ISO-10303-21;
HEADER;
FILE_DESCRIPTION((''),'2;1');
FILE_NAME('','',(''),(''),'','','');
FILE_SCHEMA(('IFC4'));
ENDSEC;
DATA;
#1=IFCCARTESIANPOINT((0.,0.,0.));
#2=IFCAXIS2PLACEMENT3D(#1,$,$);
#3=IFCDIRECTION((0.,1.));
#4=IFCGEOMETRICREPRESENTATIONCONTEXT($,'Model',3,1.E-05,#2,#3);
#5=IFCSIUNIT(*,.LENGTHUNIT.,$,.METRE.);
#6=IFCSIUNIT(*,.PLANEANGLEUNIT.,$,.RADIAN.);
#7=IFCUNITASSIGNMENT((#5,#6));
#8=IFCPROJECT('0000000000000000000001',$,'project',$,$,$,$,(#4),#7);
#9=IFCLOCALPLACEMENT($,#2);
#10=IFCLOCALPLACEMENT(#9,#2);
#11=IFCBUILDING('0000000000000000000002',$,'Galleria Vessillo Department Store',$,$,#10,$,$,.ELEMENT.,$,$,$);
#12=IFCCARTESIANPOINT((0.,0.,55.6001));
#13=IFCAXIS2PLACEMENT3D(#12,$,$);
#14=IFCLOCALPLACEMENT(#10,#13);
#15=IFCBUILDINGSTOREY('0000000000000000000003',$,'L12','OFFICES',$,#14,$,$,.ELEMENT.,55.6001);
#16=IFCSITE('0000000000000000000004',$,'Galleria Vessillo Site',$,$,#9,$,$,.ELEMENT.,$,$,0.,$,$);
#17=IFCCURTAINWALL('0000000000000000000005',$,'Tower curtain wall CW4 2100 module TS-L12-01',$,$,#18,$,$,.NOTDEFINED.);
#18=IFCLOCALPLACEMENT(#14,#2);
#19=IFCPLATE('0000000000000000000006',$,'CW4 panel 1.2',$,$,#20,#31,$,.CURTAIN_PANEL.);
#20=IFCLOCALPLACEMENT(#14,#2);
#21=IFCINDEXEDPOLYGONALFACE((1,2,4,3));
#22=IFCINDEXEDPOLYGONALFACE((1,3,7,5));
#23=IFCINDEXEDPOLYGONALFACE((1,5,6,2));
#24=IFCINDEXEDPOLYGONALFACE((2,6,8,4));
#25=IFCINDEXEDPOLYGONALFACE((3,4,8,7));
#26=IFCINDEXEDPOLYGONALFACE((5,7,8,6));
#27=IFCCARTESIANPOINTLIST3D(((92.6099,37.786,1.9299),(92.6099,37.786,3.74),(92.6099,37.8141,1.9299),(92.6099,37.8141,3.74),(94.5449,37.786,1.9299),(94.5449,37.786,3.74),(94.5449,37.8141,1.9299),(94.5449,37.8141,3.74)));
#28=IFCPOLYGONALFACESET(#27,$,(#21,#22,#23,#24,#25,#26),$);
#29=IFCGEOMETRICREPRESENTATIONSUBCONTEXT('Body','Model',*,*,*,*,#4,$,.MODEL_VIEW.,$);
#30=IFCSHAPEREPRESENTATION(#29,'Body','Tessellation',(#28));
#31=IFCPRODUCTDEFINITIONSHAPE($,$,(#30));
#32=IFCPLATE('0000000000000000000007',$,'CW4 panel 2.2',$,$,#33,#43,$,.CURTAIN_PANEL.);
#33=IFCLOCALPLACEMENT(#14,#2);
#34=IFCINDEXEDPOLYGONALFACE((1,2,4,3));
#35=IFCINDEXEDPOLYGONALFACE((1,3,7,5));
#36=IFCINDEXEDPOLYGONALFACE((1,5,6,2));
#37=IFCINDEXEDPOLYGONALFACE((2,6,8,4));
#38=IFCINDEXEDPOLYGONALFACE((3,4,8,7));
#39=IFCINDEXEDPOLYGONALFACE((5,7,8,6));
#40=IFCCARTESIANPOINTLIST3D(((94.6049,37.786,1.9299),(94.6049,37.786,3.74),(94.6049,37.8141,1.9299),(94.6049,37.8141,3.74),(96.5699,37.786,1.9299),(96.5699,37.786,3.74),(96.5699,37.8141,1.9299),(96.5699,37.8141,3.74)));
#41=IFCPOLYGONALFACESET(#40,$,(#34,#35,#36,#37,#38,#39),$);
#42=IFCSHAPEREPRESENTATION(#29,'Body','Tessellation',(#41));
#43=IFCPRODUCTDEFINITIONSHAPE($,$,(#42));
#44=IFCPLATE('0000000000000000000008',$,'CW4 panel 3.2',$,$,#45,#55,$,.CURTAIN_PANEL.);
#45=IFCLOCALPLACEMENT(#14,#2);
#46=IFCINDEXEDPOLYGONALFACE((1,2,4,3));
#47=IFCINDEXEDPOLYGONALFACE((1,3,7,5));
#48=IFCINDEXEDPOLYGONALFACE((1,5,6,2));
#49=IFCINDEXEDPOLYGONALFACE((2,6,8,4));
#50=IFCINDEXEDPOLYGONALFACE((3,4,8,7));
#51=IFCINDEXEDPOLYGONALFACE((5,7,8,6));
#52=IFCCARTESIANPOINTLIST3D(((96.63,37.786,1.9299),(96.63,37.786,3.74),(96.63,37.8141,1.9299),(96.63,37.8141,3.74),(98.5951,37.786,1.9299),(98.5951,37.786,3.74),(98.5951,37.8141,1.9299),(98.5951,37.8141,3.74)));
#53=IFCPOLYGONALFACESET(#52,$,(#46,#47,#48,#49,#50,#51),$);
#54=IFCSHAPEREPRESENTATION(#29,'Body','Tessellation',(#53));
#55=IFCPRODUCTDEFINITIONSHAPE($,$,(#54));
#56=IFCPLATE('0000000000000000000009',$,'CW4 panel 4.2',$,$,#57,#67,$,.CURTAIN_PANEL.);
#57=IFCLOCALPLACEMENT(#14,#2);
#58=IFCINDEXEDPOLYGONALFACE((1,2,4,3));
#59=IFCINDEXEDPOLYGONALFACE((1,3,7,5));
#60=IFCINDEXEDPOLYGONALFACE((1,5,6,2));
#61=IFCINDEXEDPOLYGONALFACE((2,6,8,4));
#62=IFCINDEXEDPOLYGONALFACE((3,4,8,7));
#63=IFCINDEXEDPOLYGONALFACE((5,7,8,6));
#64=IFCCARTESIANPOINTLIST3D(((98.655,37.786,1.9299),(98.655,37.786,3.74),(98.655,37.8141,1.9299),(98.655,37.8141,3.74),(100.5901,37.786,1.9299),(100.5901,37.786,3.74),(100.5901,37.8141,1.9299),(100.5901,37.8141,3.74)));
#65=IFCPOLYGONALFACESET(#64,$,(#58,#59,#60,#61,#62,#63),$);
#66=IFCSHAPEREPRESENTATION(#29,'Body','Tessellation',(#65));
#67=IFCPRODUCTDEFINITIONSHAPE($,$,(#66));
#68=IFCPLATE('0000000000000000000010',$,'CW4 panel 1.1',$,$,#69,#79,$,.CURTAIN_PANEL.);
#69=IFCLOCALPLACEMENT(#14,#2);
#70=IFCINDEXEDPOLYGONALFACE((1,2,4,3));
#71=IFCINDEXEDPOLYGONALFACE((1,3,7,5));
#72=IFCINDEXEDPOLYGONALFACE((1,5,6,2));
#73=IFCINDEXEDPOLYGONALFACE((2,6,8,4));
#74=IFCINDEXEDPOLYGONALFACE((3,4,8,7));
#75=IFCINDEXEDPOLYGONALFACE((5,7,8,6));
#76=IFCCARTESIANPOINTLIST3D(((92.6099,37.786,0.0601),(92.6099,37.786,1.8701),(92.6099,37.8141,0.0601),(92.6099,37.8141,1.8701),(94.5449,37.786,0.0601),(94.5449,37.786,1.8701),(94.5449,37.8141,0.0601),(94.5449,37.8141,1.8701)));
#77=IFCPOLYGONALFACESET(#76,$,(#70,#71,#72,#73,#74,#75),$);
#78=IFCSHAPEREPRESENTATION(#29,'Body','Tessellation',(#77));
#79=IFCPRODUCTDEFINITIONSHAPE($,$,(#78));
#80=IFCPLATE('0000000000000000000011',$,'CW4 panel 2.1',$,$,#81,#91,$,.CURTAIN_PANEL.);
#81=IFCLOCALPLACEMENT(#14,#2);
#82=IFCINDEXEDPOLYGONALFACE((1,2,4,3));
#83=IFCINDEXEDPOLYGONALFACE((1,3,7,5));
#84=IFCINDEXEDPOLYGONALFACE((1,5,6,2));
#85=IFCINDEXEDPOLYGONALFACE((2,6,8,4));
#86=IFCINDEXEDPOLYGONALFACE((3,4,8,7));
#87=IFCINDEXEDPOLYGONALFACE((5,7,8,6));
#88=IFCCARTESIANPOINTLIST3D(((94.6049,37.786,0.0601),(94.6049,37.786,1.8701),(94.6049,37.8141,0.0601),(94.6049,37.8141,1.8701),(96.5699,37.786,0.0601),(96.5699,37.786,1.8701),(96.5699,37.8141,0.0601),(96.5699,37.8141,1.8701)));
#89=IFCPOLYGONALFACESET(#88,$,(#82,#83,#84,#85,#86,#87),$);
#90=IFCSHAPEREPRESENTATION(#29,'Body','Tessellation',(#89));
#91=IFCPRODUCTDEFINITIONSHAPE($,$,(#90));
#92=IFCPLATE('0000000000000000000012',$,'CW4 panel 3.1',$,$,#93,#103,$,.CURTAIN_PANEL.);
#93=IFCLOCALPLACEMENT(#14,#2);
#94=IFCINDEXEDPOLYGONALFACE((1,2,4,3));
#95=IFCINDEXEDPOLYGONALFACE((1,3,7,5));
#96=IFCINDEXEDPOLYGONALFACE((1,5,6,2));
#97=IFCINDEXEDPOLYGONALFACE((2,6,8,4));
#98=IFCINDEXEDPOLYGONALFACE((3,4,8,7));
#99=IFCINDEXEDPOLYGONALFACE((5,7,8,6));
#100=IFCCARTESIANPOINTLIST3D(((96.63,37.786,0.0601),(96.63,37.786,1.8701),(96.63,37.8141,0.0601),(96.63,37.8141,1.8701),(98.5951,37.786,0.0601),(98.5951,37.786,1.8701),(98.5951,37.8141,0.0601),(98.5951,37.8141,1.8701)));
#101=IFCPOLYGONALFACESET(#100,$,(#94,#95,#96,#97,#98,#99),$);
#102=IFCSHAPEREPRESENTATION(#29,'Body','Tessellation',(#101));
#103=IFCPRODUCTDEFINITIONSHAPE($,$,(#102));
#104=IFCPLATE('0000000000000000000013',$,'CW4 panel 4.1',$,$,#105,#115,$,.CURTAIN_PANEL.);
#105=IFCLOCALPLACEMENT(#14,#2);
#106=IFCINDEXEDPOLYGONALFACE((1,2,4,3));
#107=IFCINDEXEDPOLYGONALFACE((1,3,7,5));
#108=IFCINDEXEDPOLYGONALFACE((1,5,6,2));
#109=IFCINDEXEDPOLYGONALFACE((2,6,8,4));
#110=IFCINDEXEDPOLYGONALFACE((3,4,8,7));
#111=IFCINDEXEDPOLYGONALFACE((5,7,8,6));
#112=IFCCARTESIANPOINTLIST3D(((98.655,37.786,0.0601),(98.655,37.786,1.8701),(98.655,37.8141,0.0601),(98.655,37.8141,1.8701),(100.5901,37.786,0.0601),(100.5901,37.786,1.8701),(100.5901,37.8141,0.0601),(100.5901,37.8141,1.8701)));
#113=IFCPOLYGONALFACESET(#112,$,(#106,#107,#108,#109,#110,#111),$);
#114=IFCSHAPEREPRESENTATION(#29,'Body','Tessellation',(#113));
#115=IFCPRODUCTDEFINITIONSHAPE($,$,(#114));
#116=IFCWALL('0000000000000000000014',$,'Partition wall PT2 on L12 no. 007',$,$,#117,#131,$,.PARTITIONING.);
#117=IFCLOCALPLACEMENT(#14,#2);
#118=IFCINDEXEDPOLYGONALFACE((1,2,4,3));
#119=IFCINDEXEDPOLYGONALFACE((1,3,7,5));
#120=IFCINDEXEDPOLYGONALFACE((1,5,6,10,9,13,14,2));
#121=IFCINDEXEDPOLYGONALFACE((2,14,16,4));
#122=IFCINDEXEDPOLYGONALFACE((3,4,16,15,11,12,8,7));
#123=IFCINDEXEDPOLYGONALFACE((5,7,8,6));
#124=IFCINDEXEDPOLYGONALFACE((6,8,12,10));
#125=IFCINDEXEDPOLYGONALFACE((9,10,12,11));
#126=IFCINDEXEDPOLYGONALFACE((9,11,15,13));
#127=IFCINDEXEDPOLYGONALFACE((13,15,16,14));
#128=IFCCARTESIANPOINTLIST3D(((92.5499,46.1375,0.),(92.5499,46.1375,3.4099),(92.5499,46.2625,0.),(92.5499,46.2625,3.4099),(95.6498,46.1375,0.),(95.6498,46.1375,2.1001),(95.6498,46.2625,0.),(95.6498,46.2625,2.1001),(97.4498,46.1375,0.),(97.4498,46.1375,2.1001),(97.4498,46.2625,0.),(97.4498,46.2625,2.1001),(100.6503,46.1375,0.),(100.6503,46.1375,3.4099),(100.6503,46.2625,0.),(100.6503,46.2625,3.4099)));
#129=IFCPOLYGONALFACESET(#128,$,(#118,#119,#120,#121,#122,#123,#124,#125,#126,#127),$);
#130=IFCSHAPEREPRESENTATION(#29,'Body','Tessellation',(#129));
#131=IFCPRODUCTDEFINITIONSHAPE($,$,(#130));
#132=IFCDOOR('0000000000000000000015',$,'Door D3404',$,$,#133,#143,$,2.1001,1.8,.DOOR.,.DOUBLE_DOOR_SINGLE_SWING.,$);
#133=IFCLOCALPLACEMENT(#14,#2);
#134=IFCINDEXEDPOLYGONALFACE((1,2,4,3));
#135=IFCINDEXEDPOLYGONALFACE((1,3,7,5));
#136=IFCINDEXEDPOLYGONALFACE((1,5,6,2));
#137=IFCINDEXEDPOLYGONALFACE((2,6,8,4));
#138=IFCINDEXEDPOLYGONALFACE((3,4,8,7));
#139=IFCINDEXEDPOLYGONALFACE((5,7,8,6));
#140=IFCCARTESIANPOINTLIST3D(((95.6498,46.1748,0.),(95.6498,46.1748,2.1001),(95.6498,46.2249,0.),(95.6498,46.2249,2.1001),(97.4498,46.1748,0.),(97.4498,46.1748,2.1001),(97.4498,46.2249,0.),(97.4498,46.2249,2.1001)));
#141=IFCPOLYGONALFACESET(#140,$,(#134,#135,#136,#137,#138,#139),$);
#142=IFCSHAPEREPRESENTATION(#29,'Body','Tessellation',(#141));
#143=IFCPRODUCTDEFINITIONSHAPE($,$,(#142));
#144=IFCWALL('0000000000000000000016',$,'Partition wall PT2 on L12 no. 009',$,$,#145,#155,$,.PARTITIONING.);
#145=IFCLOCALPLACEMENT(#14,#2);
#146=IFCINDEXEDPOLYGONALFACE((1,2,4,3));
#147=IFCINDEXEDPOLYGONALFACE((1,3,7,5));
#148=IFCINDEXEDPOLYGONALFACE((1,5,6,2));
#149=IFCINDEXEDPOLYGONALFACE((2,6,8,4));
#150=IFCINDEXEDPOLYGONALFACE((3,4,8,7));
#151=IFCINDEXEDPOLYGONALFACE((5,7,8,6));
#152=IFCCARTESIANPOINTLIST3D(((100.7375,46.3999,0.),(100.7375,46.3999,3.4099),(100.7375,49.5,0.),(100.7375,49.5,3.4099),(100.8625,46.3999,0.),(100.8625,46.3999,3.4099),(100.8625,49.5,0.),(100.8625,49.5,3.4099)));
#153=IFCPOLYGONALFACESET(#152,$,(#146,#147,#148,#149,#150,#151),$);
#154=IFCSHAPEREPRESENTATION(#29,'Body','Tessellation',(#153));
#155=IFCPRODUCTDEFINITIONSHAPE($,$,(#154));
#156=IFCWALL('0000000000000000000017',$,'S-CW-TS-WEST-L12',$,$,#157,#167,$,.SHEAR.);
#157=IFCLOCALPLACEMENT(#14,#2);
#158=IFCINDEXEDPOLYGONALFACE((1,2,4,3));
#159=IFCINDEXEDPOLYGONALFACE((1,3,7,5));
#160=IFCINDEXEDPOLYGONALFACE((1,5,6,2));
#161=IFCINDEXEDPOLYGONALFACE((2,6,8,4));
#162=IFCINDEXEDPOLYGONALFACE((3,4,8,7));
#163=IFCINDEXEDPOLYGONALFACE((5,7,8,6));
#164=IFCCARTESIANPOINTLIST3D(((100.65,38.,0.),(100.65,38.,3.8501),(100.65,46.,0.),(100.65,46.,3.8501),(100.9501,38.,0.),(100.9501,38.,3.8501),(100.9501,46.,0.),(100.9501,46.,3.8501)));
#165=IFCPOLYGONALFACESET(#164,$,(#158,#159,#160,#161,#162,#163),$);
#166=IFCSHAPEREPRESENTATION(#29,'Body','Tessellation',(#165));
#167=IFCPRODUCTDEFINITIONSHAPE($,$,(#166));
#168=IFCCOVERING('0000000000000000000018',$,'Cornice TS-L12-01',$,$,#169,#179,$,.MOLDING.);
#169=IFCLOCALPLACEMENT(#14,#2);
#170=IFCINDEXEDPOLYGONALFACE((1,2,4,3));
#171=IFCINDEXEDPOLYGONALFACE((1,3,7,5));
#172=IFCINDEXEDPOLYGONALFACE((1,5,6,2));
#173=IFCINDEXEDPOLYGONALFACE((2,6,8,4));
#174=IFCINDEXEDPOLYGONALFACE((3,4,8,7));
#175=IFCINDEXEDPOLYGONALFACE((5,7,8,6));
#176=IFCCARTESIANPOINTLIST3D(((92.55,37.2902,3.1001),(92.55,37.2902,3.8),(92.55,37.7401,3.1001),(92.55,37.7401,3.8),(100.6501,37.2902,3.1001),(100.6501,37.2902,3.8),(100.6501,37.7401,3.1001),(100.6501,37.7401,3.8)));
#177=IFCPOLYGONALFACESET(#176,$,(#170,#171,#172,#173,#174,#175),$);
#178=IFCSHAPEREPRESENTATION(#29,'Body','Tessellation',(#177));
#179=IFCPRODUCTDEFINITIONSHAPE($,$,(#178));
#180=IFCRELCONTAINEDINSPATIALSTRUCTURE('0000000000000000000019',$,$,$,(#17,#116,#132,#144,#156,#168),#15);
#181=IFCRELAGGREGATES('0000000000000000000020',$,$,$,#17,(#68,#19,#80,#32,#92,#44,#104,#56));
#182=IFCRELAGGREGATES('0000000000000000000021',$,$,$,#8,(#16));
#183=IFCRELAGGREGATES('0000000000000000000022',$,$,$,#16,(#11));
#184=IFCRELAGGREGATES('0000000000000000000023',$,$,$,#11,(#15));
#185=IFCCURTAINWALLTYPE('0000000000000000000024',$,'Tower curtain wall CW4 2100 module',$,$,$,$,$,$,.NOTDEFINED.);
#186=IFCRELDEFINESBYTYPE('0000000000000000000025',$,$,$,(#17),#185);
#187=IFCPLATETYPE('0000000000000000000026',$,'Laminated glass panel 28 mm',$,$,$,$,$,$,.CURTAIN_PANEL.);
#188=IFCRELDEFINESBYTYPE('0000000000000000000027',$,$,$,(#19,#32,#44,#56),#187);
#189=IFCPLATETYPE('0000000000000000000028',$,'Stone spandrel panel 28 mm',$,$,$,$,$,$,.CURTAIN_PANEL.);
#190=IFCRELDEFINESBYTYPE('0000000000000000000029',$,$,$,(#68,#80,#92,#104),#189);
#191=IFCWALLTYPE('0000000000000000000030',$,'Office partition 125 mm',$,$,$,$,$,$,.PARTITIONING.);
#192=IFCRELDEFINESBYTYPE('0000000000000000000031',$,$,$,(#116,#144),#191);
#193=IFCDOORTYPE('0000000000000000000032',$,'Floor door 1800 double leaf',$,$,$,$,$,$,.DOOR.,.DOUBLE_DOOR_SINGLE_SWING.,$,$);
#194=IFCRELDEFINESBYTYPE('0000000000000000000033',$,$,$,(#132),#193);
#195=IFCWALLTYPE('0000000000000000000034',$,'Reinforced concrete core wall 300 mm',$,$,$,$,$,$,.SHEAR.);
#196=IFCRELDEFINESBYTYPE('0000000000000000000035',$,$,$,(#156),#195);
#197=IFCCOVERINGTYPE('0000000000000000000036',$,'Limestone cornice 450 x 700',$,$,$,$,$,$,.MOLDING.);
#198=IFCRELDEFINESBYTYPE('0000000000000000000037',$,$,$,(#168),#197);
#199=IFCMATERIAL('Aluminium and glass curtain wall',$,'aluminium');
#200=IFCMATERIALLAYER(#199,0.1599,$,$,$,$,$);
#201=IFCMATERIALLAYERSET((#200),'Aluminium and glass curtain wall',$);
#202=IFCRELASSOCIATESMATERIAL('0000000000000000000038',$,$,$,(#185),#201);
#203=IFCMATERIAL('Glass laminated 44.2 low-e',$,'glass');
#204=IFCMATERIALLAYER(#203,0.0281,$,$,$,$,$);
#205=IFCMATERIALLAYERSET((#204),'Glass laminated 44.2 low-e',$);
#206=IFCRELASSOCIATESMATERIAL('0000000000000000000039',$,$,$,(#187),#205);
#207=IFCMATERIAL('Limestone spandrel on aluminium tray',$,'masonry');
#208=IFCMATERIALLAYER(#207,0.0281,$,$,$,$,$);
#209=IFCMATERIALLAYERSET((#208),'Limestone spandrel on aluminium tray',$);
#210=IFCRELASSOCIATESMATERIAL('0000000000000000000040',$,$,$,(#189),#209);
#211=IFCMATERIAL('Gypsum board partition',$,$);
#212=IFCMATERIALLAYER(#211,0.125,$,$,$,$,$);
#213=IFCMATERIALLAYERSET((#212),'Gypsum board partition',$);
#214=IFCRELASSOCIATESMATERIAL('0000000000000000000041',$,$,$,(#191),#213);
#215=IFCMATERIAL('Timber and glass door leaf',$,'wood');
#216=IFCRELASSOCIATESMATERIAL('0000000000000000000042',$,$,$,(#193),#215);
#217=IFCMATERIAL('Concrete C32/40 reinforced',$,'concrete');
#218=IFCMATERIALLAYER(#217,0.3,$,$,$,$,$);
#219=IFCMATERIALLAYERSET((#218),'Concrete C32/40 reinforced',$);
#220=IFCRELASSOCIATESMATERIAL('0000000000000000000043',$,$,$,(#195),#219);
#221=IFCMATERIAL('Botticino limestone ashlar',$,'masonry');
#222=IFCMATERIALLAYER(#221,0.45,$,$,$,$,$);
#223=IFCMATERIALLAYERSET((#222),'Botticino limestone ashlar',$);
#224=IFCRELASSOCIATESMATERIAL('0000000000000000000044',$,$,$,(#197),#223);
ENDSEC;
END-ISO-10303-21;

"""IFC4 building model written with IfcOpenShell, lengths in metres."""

from ifc_helpers import new_model, si_unit, direction, frame, frame_2d, origin, origin_2d, place, context, subcontext, project, spatial, rectangle, extrude, material, layer, layer_set, type_object, element, fill, aggregate, save


model = new_model("IFC4")

# Units and contexts
model_context = context("Model", 3, precision=1e-05, world=origin(), true_north=direction((0.0, 1.0)))
body_context = subcontext(model_context, "Body", "Model", "MODEL_VIEW")
ifc_project = project(units=[si_unit("LENGTHUNIT", "METRE"), si_unit("PLANEANGLEUNIT", "RADIAN")], contexts=[model_context])

# Site, building, storey
site_placement = place(None, origin())
site = spatial("IfcSite", under=ifc_project, at=site_placement, Name="Galleria Vessillo Site", CompositionType="ELEMENT", RefElevation=0.0)
building_placement = place(site_placement, origin())
building = spatial("IfcBuilding", under=site, at=building_placement, Name="Galleria Vessillo Department Store", CompositionType="ELEMENT")
storey_placement = place(building_placement, frame((0.0, 0.0, 55.6001)))
storey = spatial("IfcBuildingStorey", under=building, at=storey_placement, Name="L12", Description="OFFICES", CompositionType="ELEMENT", Elevation=55.6001)

# Curtain wall
ifc_material_1 = material(Name="Aluminium and glass curtain wall", Category="aluminium")
ifc_layer_1 = layer(ifc_material_1, 0.1599)
ifc_layer_set_1 = layer_set([ifc_layer_1], Name="Aluminium and glass curtain wall")
curtain_wall_type = type_object("IfcCurtainWallType", Name="Tower curtain wall CW4 2100 module", PredefinedType="NOTDEFINED", material=ifc_layer_set_1)
curtain_wall_placement = place(storey_placement, origin())
curtain_wall = element("IfcCurtainWall", 1, at=curtain_wall_placement, inside=storey, type_object=curtain_wall_type, Name="Tower curtain wall CW4 2100 module TS-L12-01", PredefinedType="NOTDEFINED")

# Plates
ifc_material_2 = material(Name="Glass laminated 44.2 low-e", Category="glass")
ifc_layer_2 = layer(ifc_material_2, 0.0281)
ifc_layer_set_2 = layer_set([ifc_layer_2], Name="Glass laminated 44.2 low-e")
plate_type_1 = type_object("IfcPlateType", Name="Laminated glass panel 28 mm", PredefinedType="CURTAIN_PANEL", material=ifc_layer_set_2)
plate_1_placement = place(storey_placement, frame((93.5774, 37.8, 1.9299), z_axis=(0.0, 0.0, 1.0), x_axis=(1.0, 0.0, 0.0)))
plate_1 = element("IfcPlate", 2, at=plate_1_placement, type_object=plate_type_1, Name="CW4 panel 1.2", PredefinedType="CURTAIN_PANEL", context=body_context, shape_type="SweptSolid", body=[
    extrude(rectangle(XDim=1.9351, YDim=0.0281, at=origin_2d()), origin(), (0.0, 0.0, 1.0), 1.8101),
])
plate_2_placement = place(storey_placement, frame((95.5874, 37.8, 1.9299), z_axis=(0.0, 0.0, 1.0), x_axis=(1.0, 0.0, 0.0)))
plate_2 = element("IfcPlate", 3, at=plate_2_placement, type_object=plate_type_1, Name="CW4 panel 2.2", PredefinedType="CURTAIN_PANEL", context=body_context, shape_type="SweptSolid", body=[
    extrude(rectangle(XDim=1.9651, YDim=0.0281, at=origin_2d()), origin(), (0.0, 0.0, 1.0), 1.8101),
])
plate_3_placement = place(storey_placement, frame((97.6125, 37.8, 1.9299), z_axis=(0.0, 0.0, 1.0), x_axis=(1.0, 0.0, 0.0)))
plate_3 = element("IfcPlate", 4, at=plate_3_placement, type_object=plate_type_1, Name="CW4 panel 3.2", PredefinedType="CURTAIN_PANEL", context=body_context, shape_type="SweptSolid", body=[
    extrude(rectangle(XDim=1.9651, YDim=0.0281, at=origin_2d()), origin(), (0.0, 0.0, 1.0), 1.8101),
])
plate_4_placement = place(storey_placement, frame((99.6226, 37.8, 1.9299), z_axis=(0.0, 0.0, 1.0), x_axis=(1.0, 0.0, 0.0)))
plate_4 = element("IfcPlate", 5, at=plate_4_placement, type_object=plate_type_1, Name="CW4 panel 4.2", PredefinedType="CURTAIN_PANEL", context=body_context, shape_type="SweptSolid", body=[
    extrude(rectangle(XDim=1.9351, YDim=0.0281, at=origin_2d()), origin(), (0.0, 0.0, 1.0), 1.8101),
])
ifc_material_3 = material(Name="Limestone spandrel on aluminium tray", Category="masonry")
ifc_layer_3 = layer(ifc_material_3, 0.0281)
ifc_layer_set_3 = layer_set([ifc_layer_3], Name="Limestone spandrel on aluminium tray")
plate_type_2 = type_object("IfcPlateType", Name="Stone spandrel panel 28 mm", PredefinedType="CURTAIN_PANEL", material=ifc_layer_set_3)
plate_5_placement = place(storey_placement, frame((93.5774, 37.8, 0.0601), z_axis=(0.0, 0.0, 1.0), x_axis=(1.0, 0.0, 0.0)))
plate_5 = element("IfcPlate", 6, at=plate_5_placement, type_object=plate_type_2, Name="CW4 panel 1.1", PredefinedType="CURTAIN_PANEL", context=body_context, shape_type="SweptSolid", body=[
    extrude(rectangle(XDim=1.9351, YDim=0.0281, at=origin_2d()), origin(), (0.0, 0.0, 1.0), 1.8101),
])
plate_6_placement = place(storey_placement, frame((95.5874, 37.8, 0.0601), z_axis=(0.0, 0.0, 1.0), x_axis=(1.0, 0.0, 0.0)))
plate_6 = element("IfcPlate", 7, at=plate_6_placement, type_object=plate_type_2, Name="CW4 panel 2.1", PredefinedType="CURTAIN_PANEL", context=body_context, shape_type="SweptSolid", body=[
    extrude(rectangle(XDim=1.9651, YDim=0.0281, at=origin_2d()), origin(), (0.0, 0.0, 1.0), 1.8101),
])
plate_7_placement = place(storey_placement, frame((97.6125, 37.8, 0.0601), z_axis=(0.0, 0.0, 1.0), x_axis=(1.0, 0.0, 0.0)))
plate_7 = element("IfcPlate", 8, at=plate_7_placement, type_object=plate_type_2, Name="CW4 panel 3.1", PredefinedType="CURTAIN_PANEL", context=body_context, shape_type="SweptSolid", body=[
    extrude(rectangle(XDim=1.9651, YDim=0.0281, at=origin_2d()), origin(), (0.0, 0.0, 1.0), 1.8101),
])
plate_8_placement = place(storey_placement, frame((99.6226, 37.8, 0.0601), z_axis=(0.0, 0.0, 1.0), x_axis=(1.0, 0.0, 0.0)))
plate_8 = element("IfcPlate", 9, at=plate_8_placement, type_object=plate_type_2, Name="CW4 panel 4.1", PredefinedType="CURTAIN_PANEL", context=body_context, shape_type="SweptSolid", body=[
    extrude(rectangle(XDim=1.9351, YDim=0.0281, at=origin_2d()), origin(), (0.0, 0.0, 1.0), 1.8101),
])
aggregate(curtain_wall, [plate_5, plate_1, plate_6, plate_2, plate_7, plate_3, plate_8, plate_4])

# Wall, opening, door
ifc_material_4 = material(Name="Gypsum board partition")
ifc_layer_4 = layer(ifc_material_4, 0.125)
ifc_layer_set_4 = layer_set([ifc_layer_4], Name="Gypsum board partition")
wall_type_1 = type_object("IfcWallType", Name="Office partition 125 mm", PredefinedType="PARTITIONING", material=ifc_layer_set_4)
wall_1_placement = place(storey_placement, frame((92.5498, 46.2, 0.0), z_axis=(0.0, 0.0, 1.0), x_axis=(1.0, 0.0, 0.0)))
wall_1 = element("IfcWall", 10, at=wall_1_placement, inside=storey, type_object=wall_type_1, Name="Partition wall PT2 on L12 no. 007", PredefinedType="PARTITIONING", context=body_context, shape_type="SweptSolid", body=[
    extrude(rectangle(XDim=8.1003, YDim=0.125, at=frame_2d((4.0503, 0.0))), origin(), (0.0, 0.0, 1.0), 3.4099),
])
opening_placement = place(wall_1_placement, frame((3.1001, 0.0, 0.0)))
opening = element("IfcOpeningElement", 11, at=opening_placement, cuts=wall_1, PredefinedType="OPENING", context=body_context, shape_type="SweptSolid", body=[
    extrude(rectangle(XDim=1.8, YDim=2.1001, at=frame_2d((0.8999, 1.05))), frame((0.0, 0.0725, 0.0), z_axis=(0.0, -1.0, 0.0), x_axis=(1.0, 0.0, 0.0)), (0.0, 0.0, 1.0), 0.145),
])
ifc_material_5 = material(Name="Timber and glass door leaf", Category="wood")
door_type = type_object("IfcDoorType", Name="Floor door 1800 double leaf", OperationType="DOUBLE_DOOR_SINGLE_SWING", PredefinedType="DOOR", material=ifc_material_5)
door_placement = place(opening_placement, origin())
door = element("IfcDoor", 12, at=door_placement, inside=storey, type_object=door_type, Name="Door D3404", OperationType="DOUBLE_DOOR_SINGLE_SWING", OverallHeight=2.1001, OverallWidth=1.8, PredefinedType="DOOR", context=body_context, shape_type="SweptSolid", body=[
    extrude(rectangle(XDim=1.8, YDim=2.1001, at=frame_2d((0.8999, 1.05))), frame((0.0, 0.0249, 0.0), z_axis=(0.0, -1.0, 0.0), x_axis=(1.0, 0.0, 0.0)), (0.0, 0.0, 1.0), 0.05),
])
fill(opening, door)

# Walls
wall_2_placement = place(storey_placement, frame((100.8, 46.3999, 0.0), z_axis=(0.0, 0.0, 1.0), x_axis=(0.0, 1.0, 0.0)))
element("IfcWall", 13, at=wall_2_placement, inside=storey, type_object=wall_type_1, Name="Partition wall PT2 on L12 no. 009", PredefinedType="PARTITIONING", context=body_context, shape_type="SweptSolid", body=[
    extrude(rectangle(XDim=3.1001, YDim=0.125, at=frame_2d((1.55, 0.0))), origin(), (0.0, 0.0, 1.0), 3.4099),
])
ifc_material_6 = material(Name="Concrete C32/40 reinforced", Category="concrete")
ifc_layer_5 = layer(ifc_material_6, 0.3)
ifc_layer_set_5 = layer_set([ifc_layer_5], Name="Concrete C32/40 reinforced")
wall_type_2 = type_object("IfcWallType", Name="Reinforced concrete core wall 300 mm", PredefinedType="SHEAR", material=ifc_layer_set_5)
wall_3_placement = place(storey_placement, frame((100.8, 38.0, 0.0), z_axis=(0.0, 0.0, 1.0), x_axis=(0.0, 1.0, 0.0)))
element("IfcWall", 14, at=wall_3_placement, inside=storey, type_object=wall_type_2, Name="S-CW-TS-WEST-L12", PredefinedType="SHEAR", context=body_context, shape_type="SweptSolid", body=[
    extrude(rectangle(XDim=8.0, YDim=0.3, at=frame_2d((4.0, 0.0))), origin(), (0.0, 0.0, 1.0), 3.8501),
])

# Covering
ifc_material_7 = material(Name="Botticino limestone ashlar", Category="masonry")
ifc_layer_6 = layer(ifc_material_7, 0.45)
ifc_layer_set_6 = layer_set([ifc_layer_6], Name="Botticino limestone ashlar")
covering_type_1 = type_object("IfcCoveringType", Name="Limestone cornice 450 x 700", PredefinedType="MOLDING", material=ifc_layer_set_6)
covering_1_placement = place(storey_placement, frame((96.6001, 37.5151, 3.1001), z_axis=(0.0, 0.0, 1.0), x_axis=(1.0, 0.0, 0.0)))
element("IfcCovering", 15, at=covering_1_placement, inside=storey, type_object=covering_type_1, Name="Cornice TS-L12-01", PredefinedType="MOLDING", context=body_context, shape_type="SweptSolid", body=[
    extrude(rectangle(XDim=8.1001, YDim=0.45, at=origin_2d()), origin(), (0.0, 0.0, 1.0), 0.7),
])

save(model, "model.ifc")
